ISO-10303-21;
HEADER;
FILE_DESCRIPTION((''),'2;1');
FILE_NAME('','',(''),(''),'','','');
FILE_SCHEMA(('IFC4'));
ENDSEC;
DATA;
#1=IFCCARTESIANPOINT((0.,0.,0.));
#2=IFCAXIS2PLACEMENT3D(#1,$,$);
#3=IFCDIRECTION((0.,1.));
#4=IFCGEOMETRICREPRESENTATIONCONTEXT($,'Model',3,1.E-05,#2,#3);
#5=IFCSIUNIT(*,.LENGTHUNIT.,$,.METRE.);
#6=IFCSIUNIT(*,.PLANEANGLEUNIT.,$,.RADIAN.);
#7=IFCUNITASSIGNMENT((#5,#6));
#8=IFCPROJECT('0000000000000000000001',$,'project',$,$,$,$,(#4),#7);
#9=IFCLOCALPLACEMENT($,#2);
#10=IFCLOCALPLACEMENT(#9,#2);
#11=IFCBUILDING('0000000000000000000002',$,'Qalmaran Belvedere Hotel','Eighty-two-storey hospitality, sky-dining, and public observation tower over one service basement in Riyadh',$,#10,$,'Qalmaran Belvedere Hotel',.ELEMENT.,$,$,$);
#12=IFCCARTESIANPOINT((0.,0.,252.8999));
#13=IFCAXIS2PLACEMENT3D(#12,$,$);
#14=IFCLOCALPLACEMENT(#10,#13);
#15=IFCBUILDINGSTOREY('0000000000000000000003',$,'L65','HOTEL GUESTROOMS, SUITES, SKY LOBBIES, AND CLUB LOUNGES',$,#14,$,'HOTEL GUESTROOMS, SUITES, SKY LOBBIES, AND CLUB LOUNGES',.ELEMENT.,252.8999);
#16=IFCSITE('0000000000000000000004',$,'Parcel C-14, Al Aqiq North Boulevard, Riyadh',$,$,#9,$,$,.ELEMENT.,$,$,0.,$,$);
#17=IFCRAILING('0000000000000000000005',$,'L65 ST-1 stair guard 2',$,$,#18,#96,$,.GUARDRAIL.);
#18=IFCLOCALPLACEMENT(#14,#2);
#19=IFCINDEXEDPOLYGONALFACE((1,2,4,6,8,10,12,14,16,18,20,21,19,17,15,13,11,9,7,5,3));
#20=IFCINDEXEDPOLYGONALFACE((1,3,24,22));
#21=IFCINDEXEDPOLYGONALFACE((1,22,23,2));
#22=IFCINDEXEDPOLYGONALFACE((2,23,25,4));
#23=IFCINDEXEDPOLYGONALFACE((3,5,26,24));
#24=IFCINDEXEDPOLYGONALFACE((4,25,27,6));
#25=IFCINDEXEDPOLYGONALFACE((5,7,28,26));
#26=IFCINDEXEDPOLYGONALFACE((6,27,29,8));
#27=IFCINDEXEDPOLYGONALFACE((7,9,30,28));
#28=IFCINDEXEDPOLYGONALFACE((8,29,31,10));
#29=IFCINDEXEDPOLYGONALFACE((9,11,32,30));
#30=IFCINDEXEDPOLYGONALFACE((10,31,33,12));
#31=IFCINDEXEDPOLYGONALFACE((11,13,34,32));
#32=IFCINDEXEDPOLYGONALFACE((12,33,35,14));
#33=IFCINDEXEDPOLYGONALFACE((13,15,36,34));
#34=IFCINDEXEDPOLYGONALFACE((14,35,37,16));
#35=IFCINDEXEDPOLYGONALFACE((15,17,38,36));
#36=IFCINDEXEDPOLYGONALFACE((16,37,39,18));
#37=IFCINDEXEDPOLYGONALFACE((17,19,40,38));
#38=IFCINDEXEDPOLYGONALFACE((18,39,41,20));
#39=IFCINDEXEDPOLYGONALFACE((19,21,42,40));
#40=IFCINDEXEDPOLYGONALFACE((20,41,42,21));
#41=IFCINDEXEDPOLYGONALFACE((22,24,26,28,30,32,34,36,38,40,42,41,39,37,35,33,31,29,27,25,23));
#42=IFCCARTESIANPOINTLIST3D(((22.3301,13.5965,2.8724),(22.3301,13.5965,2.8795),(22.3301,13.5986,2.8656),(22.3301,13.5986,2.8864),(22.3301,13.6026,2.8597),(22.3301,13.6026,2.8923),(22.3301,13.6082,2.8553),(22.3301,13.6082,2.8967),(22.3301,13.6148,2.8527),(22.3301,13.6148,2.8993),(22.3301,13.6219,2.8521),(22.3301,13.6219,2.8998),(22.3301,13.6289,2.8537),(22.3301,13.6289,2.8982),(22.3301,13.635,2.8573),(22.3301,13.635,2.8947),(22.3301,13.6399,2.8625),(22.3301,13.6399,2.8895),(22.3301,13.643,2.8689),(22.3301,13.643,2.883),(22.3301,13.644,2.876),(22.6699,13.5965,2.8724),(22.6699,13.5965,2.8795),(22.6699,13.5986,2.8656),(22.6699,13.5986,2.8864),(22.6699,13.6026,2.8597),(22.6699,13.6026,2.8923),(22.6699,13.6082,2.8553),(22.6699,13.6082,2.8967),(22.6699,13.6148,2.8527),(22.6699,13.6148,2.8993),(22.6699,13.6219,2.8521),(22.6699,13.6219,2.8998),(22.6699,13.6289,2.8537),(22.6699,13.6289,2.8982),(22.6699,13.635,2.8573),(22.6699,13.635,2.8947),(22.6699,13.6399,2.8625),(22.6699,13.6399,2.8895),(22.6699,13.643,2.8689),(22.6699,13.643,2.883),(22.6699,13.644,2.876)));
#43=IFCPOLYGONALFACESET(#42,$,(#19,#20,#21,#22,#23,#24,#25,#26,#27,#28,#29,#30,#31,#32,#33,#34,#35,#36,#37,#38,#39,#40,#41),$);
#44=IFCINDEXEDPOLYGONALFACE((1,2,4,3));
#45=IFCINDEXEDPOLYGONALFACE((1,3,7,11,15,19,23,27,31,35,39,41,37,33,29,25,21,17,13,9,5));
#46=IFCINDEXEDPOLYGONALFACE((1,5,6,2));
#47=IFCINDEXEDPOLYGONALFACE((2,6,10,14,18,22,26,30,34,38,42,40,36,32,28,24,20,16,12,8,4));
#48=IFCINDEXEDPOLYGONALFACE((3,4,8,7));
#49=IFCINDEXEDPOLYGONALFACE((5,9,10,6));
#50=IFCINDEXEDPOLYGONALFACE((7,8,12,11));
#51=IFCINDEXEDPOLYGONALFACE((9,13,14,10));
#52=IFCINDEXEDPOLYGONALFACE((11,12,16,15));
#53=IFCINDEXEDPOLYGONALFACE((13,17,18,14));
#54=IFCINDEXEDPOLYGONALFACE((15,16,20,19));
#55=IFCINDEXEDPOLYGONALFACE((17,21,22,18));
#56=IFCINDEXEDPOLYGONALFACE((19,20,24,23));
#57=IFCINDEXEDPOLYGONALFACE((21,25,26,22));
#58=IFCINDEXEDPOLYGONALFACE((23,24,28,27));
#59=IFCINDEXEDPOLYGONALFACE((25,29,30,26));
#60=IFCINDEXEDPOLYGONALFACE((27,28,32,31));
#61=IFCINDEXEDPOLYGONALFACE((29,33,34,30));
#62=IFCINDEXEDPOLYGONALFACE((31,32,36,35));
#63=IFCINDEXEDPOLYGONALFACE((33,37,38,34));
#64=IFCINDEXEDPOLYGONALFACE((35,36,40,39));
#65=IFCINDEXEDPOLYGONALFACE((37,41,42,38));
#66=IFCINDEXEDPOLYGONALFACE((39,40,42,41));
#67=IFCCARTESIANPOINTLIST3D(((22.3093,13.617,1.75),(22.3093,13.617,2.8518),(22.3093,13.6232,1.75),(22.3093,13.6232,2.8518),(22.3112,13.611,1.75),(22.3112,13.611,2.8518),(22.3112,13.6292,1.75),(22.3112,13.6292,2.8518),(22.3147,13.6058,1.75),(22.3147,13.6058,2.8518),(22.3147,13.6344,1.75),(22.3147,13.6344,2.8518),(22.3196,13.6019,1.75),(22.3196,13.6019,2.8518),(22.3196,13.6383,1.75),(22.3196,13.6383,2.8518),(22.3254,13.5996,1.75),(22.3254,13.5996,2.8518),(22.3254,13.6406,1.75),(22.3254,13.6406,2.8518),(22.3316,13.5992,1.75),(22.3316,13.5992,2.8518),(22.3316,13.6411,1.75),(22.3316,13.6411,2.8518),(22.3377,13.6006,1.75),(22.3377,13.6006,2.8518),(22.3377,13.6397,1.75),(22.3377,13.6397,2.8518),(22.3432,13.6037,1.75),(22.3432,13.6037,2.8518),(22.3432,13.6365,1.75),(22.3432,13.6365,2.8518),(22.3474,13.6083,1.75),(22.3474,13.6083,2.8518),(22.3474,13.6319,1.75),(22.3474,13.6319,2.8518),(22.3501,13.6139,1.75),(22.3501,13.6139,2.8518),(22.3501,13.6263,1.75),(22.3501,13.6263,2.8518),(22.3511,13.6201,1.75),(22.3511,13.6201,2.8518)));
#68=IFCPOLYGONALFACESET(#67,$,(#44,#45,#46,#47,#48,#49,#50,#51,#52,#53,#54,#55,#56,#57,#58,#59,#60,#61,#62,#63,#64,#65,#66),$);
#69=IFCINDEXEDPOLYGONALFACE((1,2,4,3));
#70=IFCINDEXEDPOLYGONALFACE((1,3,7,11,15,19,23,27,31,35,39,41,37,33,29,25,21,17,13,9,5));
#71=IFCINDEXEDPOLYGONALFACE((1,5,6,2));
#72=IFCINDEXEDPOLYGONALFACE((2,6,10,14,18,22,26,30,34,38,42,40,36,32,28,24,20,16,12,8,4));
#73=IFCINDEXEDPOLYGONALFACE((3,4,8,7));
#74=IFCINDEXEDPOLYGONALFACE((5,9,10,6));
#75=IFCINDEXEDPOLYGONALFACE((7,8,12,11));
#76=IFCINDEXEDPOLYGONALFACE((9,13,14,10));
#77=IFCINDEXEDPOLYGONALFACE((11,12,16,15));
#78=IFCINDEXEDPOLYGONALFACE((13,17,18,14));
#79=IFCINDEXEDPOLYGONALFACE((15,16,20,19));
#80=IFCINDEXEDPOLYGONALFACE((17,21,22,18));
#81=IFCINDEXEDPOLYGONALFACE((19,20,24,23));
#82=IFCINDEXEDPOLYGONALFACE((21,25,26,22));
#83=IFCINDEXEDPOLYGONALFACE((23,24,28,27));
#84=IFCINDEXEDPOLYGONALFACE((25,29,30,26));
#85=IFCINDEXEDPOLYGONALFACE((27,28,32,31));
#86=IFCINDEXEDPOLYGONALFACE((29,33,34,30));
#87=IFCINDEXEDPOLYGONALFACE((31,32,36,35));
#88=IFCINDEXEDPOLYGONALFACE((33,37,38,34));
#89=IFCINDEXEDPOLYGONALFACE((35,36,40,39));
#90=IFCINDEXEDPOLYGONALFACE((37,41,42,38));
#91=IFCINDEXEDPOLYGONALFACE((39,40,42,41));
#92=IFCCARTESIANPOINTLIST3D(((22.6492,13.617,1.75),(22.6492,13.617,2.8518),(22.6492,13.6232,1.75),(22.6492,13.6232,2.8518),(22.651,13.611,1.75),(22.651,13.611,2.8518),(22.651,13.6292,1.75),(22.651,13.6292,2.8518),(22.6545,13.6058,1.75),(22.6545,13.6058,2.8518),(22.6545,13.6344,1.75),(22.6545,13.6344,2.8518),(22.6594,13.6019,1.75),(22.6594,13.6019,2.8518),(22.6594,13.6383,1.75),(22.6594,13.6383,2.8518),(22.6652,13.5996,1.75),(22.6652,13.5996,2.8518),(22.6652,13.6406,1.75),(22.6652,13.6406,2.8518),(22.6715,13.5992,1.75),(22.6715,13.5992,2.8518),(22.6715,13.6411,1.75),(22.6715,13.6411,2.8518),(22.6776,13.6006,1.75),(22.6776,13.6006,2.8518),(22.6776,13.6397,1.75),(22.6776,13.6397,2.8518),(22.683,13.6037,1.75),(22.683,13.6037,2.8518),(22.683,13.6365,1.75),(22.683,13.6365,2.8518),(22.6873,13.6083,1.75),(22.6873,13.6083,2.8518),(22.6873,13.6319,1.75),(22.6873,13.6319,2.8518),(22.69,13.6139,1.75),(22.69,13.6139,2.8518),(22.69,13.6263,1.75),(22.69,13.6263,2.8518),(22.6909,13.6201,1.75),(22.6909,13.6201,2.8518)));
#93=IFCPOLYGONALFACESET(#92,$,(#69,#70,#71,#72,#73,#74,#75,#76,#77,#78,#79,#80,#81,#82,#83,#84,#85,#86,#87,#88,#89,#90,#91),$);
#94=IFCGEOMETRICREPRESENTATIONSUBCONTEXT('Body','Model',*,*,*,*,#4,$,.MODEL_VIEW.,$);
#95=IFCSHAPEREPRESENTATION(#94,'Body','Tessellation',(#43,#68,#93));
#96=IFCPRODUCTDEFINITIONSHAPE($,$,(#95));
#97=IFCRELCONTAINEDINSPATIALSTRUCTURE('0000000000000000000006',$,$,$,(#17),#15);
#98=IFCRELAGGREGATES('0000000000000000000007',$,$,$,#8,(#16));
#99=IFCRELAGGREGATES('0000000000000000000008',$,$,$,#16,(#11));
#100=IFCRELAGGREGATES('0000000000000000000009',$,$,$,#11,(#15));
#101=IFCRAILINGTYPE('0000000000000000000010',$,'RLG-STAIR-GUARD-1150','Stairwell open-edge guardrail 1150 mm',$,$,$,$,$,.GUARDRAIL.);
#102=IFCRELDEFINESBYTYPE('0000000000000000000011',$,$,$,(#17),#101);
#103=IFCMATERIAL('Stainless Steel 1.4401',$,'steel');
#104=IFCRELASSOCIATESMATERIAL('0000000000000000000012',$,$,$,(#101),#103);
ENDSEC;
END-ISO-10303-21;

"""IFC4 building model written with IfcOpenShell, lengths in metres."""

from ifc_helpers import new_model, si_unit, direction, frame, origin, origin_2d, place, context, subcontext, project, spatial, circle, extrude, material, type_object, element, save


model = new_model("IFC4")

# Units and contexts
model_context = context("Model", 3, precision=1e-05, world=origin(), true_north=direction((0.0, 1.0)))
body_context = subcontext(model_context, "Body", "Model", "MODEL_VIEW")
ifc_project = project(units=[si_unit("LENGTHUNIT", "METRE"), si_unit("PLANEANGLEUNIT", "RADIAN")], contexts=[model_context])

# Site, building, storey
site_placement = place(None, origin())
site = spatial("IfcSite", under=ifc_project, at=site_placement, Name="Parcel C-14, Al Aqiq North Boulevard, Riyadh", CompositionType="ELEMENT", RefElevation=0.0)
building_placement = place(site_placement, origin())
building = spatial("IfcBuilding", under=site, at=building_placement, Name="Qalmaran Belvedere Hotel", Description="Eighty-two-storey hospitality, sky-dining, and public observation tower over one service basement in Riyadh", LongName="Qalmaran Belvedere Hotel", CompositionType="ELEMENT")
storey_placement = place(building_placement, frame((0.0, 0.0, 252.8999)))
storey = spatial("IfcBuildingStorey", under=building, at=storey_placement, Name="L65", Description="HOTEL GUESTROOMS, SUITES, SKY LOBBIES, AND CLUB LOUNGES", LongName="HOTEL GUESTROOMS, SUITES, SKY LOBBIES, AND CLUB LOUNGES", CompositionType="ELEMENT", Elevation=252.8999)

# Shared definitions
ifc_material_1 = material(Name="Stainless Steel 1.4401", Category="steel")

# Railing
railing_type_1 = type_object("IfcRailingType", Name="RLG-STAIR-GUARD-1150", Description="Stairwell open-edge guardrail 1150 mm", PredefinedType="GUARDRAIL", material=ifc_material_1)
railing_1_placement = place(storey_placement, frame((22.3301, 13.6201, 1.75)))
element("IfcRailing", 1, at=railing_1_placement, inside=storey, type_object=railing_type_1, Name="L65 ST-1 stair guard 2", PredefinedType="GUARDRAIL", context=body_context, shape_type="SweptSolid", body=[
    extrude(circle(Radius=0.0239, at=origin_2d()), frame((0.0, 0.0, 1.126), z_axis=(1.0, 0.0, 0.0), x_axis=(0.0, 1.0, 0.0)), (0.0, 0.0, 1.0), 0.3398),
    extrude(circle(Radius=0.021, at=origin_2d()), origin(), (0.0, 0.0, 1.0), 1.1018),
    extrude(circle(Radius=0.021, at=origin_2d()), frame((0.3398, 0.0, 0.0)), (0.0, 0.0, 1.0), 1.1018),
])

save(model, "model.ifc")
